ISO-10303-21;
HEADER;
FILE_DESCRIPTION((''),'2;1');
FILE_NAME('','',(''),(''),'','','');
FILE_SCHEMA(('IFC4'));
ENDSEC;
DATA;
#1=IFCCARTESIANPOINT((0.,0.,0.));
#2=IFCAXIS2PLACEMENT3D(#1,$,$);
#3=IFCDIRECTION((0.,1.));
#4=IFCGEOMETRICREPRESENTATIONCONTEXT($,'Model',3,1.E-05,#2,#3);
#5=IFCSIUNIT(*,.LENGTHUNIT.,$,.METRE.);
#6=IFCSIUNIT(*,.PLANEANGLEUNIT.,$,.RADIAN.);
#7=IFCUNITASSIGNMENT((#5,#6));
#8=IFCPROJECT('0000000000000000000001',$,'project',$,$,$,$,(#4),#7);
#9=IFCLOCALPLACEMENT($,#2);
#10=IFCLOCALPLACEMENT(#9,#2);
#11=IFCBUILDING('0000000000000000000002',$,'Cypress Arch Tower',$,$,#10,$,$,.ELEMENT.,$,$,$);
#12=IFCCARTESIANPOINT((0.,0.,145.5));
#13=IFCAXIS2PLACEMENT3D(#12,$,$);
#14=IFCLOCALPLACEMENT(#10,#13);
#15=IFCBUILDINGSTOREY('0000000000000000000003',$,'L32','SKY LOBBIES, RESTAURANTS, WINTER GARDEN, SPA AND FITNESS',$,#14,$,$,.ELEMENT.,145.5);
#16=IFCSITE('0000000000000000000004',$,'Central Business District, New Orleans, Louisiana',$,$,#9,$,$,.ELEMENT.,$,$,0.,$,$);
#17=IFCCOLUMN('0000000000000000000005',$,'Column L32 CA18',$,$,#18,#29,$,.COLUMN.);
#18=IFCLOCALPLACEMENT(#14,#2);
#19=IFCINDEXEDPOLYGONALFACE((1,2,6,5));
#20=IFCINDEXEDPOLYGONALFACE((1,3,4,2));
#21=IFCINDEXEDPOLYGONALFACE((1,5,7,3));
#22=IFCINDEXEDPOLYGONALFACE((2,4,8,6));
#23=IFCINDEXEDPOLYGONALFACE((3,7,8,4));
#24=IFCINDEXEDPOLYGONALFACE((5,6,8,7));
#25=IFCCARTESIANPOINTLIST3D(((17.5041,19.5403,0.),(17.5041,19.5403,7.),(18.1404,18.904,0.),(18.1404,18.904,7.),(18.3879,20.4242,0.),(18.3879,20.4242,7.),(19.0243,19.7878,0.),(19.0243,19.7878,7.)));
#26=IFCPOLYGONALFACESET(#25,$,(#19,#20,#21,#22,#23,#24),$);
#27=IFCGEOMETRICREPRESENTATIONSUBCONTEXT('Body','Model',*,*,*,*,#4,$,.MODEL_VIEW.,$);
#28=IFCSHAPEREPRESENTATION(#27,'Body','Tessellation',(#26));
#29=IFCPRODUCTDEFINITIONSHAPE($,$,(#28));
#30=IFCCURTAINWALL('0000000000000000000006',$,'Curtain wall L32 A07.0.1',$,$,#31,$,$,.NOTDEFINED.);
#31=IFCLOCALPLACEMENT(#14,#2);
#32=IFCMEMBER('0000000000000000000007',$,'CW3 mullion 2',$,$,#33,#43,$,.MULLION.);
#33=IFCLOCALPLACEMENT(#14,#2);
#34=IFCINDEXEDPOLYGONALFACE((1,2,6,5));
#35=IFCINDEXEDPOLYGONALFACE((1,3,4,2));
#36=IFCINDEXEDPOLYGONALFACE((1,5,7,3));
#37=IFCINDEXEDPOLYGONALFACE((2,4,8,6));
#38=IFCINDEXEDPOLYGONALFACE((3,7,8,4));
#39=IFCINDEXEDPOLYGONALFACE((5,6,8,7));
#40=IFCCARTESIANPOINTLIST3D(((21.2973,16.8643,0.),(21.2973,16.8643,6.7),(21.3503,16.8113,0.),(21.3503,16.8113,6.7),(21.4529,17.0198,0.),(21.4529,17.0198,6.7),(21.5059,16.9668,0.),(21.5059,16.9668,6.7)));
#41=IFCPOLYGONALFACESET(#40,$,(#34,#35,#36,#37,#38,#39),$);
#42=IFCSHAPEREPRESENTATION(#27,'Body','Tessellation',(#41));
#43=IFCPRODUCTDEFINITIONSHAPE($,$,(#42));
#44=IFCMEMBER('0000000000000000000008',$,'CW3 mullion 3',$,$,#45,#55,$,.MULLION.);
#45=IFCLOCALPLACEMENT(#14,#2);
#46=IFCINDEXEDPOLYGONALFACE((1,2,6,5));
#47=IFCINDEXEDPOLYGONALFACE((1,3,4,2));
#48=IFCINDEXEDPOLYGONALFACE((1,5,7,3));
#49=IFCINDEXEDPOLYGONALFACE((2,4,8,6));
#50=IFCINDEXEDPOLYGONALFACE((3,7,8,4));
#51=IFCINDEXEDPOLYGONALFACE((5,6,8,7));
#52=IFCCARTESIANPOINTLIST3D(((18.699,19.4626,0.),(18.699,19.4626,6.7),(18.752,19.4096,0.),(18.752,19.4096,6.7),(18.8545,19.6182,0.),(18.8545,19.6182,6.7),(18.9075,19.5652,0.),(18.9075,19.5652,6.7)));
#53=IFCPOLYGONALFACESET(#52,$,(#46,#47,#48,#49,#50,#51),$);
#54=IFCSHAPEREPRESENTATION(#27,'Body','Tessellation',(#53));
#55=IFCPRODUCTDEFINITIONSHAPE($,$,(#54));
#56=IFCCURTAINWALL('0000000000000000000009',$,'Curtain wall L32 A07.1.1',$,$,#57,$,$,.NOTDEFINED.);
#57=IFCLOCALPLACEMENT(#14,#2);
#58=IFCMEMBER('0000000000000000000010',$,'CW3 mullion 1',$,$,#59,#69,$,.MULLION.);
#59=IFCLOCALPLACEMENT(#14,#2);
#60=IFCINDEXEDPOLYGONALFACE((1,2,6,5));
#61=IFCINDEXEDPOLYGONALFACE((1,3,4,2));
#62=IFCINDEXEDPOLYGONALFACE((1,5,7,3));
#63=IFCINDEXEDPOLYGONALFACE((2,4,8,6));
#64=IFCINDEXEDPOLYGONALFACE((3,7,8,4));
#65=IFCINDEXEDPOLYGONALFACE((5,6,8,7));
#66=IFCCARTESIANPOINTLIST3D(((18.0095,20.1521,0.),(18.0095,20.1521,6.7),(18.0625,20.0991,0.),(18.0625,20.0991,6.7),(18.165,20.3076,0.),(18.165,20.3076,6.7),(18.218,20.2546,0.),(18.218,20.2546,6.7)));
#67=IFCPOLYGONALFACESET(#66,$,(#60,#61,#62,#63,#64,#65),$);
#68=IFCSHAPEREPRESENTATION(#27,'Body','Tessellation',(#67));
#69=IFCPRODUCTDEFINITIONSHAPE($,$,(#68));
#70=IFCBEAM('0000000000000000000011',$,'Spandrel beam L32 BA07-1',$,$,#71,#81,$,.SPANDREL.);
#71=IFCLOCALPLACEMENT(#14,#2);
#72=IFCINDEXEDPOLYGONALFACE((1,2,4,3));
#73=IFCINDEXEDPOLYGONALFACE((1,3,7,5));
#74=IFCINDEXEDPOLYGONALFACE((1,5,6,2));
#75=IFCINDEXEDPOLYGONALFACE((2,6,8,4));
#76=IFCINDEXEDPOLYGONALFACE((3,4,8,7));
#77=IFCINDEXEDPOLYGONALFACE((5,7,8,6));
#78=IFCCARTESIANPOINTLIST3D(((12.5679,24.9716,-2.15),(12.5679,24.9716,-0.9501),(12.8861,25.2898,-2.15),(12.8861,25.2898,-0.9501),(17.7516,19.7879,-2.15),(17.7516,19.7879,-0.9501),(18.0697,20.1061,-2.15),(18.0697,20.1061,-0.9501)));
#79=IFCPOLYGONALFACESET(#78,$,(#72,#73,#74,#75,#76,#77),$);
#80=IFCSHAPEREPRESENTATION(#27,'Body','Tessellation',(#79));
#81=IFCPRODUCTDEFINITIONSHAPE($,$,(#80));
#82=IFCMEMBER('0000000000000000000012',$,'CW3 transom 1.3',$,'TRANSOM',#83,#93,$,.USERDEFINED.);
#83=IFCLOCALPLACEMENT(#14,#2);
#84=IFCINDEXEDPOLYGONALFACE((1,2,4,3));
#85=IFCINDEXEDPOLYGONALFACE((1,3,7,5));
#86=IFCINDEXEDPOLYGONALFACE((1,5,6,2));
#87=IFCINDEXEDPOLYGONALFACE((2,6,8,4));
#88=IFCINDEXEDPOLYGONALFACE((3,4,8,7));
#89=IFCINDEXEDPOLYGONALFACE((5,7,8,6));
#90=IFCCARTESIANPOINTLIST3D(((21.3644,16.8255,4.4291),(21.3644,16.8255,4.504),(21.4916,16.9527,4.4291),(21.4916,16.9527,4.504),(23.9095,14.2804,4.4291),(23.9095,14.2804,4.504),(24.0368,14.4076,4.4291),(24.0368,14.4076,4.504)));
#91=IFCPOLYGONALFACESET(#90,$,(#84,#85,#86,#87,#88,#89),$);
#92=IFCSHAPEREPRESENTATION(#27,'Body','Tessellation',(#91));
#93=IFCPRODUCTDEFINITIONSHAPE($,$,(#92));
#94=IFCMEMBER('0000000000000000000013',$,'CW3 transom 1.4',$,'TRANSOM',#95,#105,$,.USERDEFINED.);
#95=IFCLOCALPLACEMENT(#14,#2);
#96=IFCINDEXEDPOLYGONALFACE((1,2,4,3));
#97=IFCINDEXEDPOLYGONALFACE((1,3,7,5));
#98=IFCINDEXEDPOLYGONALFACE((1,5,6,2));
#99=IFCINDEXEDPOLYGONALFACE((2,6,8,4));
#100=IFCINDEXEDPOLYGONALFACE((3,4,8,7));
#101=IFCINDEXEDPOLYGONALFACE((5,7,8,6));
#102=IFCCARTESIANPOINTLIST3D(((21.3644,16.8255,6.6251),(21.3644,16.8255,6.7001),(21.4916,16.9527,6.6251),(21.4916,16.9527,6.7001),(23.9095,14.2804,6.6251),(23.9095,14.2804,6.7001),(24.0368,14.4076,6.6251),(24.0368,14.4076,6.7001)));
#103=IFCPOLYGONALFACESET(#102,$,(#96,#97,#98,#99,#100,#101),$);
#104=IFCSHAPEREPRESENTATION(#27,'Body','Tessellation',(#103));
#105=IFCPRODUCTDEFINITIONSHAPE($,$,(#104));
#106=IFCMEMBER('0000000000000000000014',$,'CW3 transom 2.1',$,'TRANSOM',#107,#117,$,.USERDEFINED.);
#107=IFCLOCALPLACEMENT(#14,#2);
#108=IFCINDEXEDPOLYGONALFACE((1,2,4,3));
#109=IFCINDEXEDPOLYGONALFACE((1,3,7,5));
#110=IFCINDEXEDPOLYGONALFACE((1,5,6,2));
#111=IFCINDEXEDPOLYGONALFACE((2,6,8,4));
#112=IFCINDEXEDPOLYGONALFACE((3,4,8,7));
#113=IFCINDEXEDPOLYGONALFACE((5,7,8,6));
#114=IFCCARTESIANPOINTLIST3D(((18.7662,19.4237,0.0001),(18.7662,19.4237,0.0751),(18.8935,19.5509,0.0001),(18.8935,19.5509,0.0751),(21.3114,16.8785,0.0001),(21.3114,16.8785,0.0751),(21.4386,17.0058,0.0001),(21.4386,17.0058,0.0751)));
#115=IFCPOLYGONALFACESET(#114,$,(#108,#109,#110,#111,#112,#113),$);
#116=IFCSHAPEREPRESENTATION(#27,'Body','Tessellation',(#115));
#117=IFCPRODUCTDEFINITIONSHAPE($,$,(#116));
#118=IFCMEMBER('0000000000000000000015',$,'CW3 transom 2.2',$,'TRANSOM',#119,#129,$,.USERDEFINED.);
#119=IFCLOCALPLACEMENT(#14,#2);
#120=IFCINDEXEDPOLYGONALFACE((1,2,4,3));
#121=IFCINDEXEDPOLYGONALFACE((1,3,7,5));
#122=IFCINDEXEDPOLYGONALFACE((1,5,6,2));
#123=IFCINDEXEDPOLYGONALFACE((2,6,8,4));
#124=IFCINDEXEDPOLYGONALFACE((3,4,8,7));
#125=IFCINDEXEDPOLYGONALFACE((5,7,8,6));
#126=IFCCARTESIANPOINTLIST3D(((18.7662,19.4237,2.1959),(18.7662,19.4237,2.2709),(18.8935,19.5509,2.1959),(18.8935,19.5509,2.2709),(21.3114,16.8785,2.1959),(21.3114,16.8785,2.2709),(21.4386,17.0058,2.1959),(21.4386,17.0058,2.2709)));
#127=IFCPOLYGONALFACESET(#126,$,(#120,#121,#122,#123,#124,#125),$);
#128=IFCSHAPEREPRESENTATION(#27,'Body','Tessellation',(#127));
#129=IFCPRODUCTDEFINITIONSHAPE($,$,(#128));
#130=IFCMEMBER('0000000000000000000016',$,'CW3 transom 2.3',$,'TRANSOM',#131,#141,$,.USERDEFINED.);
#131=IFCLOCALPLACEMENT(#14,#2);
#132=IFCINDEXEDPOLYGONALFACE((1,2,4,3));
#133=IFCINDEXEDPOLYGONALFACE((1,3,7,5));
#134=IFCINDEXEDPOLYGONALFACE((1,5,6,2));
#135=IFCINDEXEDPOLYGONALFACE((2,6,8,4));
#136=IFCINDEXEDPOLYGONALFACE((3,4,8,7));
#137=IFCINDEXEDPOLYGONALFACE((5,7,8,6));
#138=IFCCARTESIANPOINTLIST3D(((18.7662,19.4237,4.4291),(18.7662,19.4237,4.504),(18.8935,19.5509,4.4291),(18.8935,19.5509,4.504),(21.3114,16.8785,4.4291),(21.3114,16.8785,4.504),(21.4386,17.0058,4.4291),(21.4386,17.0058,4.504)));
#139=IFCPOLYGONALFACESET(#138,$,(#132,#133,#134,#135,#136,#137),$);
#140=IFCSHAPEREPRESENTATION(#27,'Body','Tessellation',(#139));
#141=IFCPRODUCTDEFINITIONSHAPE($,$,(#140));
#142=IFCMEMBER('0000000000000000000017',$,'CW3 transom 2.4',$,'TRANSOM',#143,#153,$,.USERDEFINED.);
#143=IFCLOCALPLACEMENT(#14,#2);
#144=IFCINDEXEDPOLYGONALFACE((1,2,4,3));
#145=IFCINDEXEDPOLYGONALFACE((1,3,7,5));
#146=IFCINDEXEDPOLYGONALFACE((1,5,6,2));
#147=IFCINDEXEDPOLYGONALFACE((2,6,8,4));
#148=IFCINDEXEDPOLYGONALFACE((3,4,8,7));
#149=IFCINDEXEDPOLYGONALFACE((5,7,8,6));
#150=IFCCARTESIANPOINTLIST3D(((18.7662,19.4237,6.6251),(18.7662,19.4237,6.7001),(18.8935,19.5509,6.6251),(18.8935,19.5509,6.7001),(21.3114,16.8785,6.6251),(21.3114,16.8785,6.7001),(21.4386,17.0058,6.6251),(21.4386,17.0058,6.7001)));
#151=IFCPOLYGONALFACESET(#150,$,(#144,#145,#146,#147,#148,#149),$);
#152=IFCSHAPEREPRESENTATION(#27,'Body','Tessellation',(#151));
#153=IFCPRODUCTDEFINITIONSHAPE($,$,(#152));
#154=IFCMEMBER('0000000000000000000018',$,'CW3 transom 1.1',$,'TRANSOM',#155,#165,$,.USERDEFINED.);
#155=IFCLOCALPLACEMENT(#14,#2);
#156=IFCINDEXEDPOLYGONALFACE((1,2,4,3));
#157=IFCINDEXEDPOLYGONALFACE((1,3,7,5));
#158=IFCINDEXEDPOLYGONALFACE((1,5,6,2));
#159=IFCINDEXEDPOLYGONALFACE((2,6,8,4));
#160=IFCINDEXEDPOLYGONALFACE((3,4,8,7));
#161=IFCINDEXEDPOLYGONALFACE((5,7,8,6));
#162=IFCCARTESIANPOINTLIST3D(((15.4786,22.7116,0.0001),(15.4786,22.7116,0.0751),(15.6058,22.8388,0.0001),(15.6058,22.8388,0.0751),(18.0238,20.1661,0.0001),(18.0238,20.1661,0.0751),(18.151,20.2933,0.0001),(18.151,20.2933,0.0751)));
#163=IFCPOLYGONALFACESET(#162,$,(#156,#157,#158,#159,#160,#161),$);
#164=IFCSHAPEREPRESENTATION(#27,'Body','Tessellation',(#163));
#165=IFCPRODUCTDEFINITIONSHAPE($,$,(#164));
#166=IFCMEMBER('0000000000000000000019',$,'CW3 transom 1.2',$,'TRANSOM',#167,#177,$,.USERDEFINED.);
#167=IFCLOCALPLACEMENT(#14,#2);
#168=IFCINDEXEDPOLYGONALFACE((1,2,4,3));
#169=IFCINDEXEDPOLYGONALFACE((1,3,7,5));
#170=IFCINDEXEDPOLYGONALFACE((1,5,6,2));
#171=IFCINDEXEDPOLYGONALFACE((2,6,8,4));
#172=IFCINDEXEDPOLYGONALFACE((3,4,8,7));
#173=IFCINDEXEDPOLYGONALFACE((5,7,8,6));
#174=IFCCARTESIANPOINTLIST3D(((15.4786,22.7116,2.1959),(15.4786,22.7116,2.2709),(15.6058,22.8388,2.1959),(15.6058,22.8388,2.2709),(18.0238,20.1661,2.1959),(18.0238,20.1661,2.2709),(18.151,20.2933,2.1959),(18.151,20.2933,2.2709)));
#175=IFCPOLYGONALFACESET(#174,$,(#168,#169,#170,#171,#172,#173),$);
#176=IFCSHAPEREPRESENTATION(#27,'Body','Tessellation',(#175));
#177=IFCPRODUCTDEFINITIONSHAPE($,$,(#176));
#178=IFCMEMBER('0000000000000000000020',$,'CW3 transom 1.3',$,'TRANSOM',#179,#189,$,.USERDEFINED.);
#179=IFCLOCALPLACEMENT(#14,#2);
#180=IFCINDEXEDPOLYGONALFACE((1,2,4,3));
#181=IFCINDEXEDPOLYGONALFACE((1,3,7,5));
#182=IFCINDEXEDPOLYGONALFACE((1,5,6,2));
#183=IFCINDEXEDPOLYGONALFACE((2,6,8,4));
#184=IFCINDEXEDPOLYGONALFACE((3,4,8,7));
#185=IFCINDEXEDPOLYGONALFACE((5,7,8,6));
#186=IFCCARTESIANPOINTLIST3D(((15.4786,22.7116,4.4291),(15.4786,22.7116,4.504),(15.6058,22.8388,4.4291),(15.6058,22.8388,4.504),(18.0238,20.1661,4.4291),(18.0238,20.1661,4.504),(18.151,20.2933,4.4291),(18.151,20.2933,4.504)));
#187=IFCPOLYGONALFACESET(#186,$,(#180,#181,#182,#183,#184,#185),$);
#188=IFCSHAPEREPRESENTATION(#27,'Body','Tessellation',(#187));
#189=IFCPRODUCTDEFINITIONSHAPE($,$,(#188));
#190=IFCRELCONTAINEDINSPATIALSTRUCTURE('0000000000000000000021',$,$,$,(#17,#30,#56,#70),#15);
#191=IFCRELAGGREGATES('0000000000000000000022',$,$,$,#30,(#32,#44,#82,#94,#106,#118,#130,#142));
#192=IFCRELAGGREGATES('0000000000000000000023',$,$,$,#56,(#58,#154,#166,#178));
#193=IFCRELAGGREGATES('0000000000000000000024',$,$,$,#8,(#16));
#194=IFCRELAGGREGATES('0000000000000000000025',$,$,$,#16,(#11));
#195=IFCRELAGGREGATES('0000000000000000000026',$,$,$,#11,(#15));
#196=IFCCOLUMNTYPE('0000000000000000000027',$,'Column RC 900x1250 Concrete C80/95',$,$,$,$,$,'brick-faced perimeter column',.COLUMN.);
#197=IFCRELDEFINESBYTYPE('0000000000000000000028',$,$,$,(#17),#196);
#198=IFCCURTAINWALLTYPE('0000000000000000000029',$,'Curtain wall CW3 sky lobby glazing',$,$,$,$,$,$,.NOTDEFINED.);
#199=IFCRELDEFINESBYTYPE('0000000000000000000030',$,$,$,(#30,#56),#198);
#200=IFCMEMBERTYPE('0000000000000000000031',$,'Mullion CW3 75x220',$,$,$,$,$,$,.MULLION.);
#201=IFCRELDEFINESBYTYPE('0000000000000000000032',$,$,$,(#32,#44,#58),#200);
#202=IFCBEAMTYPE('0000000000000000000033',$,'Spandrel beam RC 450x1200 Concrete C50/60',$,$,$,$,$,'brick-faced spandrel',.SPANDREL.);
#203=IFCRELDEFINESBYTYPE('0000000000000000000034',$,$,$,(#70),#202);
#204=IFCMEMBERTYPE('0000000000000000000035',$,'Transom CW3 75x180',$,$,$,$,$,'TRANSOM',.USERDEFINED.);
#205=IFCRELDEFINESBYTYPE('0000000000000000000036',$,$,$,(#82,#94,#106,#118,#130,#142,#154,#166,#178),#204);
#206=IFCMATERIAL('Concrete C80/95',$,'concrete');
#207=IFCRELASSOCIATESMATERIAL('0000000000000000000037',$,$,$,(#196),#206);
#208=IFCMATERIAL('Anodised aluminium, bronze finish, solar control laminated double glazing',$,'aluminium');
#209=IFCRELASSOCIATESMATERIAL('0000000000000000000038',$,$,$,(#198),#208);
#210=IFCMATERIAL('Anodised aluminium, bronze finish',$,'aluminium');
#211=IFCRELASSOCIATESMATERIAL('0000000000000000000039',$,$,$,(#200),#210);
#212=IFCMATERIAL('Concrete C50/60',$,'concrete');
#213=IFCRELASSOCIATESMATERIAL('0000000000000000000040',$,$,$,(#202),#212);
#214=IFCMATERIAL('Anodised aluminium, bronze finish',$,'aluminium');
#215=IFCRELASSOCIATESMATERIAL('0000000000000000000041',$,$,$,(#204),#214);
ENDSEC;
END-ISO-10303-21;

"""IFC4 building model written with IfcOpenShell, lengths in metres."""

from ifc_helpers import new_model, si_unit, direction, frame, origin, origin_2d, place, context, subcontext, project, spatial, rectangle, extrude, material, material_profile, profile_set, type_object, element, aggregate, save


model = new_model("IFC4")

# Units and contexts
model_context = context("Model", 3, precision=1e-05, world=origin(), true_north=direction((0.0, 1.0)))
body_context = subcontext(model_context, "Body", "Model", "MODEL_VIEW")
ifc_project = project(units=[si_unit("LENGTHUNIT", "METRE"), si_unit("PLANEANGLEUNIT", "RADIAN")], contexts=[model_context])

# Site, building, storey
site_placement = place(None, origin())
site = spatial("IfcSite", under=ifc_project, at=site_placement, Name="Central Business District, New Orleans, Louisiana", CompositionType="ELEMENT", RefElevation=0.0)
building_placement = place(site_placement, origin())
building = spatial("IfcBuilding", under=site, at=building_placement, Name="Cypress Arch Tower", CompositionType="ELEMENT")
storey_placement = place(building_placement, frame((0.0, 0.0, 145.5)))
storey = spatial("IfcBuildingStorey", under=building, at=storey_placement, Name="L32", Description="SKY LOBBIES, RESTAURANTS, WINTER GARDEN, SPA AND FITNESS", CompositionType="ELEMENT", Elevation=145.5)

# Column
ifc_material_1 = material(Name="Concrete C80/95", Category="concrete")
ifc_material_profile_1 = material_profile(ifc_material_1, rectangle(XDim=0.8999, YDim=1.25, at=origin_2d()), Name="RC 900x1250")
ifc_profile_set_1 = profile_set([ifc_material_profile_1], Name="Concrete C80/95")
column_type = type_object("IfcColumnType", Name="Column RC 900x1250 Concrete C80/95", ElementType="brick-faced perimeter column", PredefinedType="COLUMN", material=ifc_profile_set_1)
column_placement = place(storey_placement, frame((18.2642, 19.6641, 0.0), z_axis=(0.0, 0.0, 1.0), x_axis=(-0.707107, 0.707107, 0.0)))
element("IfcColumn", 1, at=column_placement, inside=storey, type_object=column_type, Name="Column L32 CA18", PredefinedType="COLUMN", context=body_context, shape_type="SweptSolid", body=[
    extrude(rectangle(XDim=0.8999, YDim=1.25, at=origin_2d()), origin(), (0.0, 0.0, 1.0), 7.0),
])

# Curtain wall, members
ifc_material_2 = material(Name="Anodised aluminium, bronze finish, solar control laminated double glazing", Category="aluminium")
curtain_wall_type = type_object("IfcCurtainWallType", Name="Curtain wall CW3 sky lobby glazing", PredefinedType="NOTDEFINED", material=ifc_material_2)
curtain_wall_1_placement = place(storey_placement, origin())
curtain_wall_1 = element("IfcCurtainWall", 2, at=curtain_wall_1_placement, inside=storey, type_object=curtain_wall_type, Name="Curtain wall L32 A07.0.1", PredefinedType="NOTDEFINED")
ifc_material_3 = material(Name="Anodised aluminium, bronze finish", Category="aluminium")
ifc_material_profile_2 = material_profile(ifc_material_3, rectangle(XDim=0.22, YDim=0.075, at=origin_2d()), Name="Mullion 75x220")
ifc_profile_set_2 = profile_set([ifc_material_profile_2], Name="Anodised aluminium, bronze finish")
member_type_1 = type_object("IfcMemberType", Name="Mullion CW3 75x220", PredefinedType="MULLION", material=ifc_profile_set_2)
member_1_placement = place(storey_placement, frame((21.4016, 16.9155, 0.0), z_axis=(0.0, 0.0, 1.0), x_axis=(-0.707107, -0.707107, 0.0)))
member_1 = element("IfcMember", 3, at=member_1_placement, type_object=member_type_1, Name="CW3 mullion 2", PredefinedType="MULLION", context=body_context, shape_type="SweptSolid", body=[
    extrude(rectangle(XDim=0.22, YDim=0.075, at=origin_2d()), origin(), (0.0, 0.0, 1.0), 6.7),
])
member_2_placement = place(storey_placement, frame((18.8032, 19.5139, 0.0), z_axis=(0.0, 0.0, 1.0), x_axis=(-0.707107, -0.707107, 0.0)))
member_2 = element("IfcMember", 4, at=member_2_placement, type_object=member_type_1, Name="CW3 mullion 3", PredefinedType="MULLION", context=body_context, shape_type="SweptSolid", body=[
    extrude(rectangle(XDim=0.22, YDim=0.075, at=origin_2d()), origin(), (0.0, 0.0, 1.0), 6.7),
])

# Curtain wall, member
curtain_wall_2_placement = place(storey_placement, origin())
curtain_wall_2 = element("IfcCurtainWall", 5, at=curtain_wall_2_placement, inside=storey, type_object=curtain_wall_type, Name="Curtain wall L32 A07.1.1", PredefinedType="NOTDEFINED")
member_3_placement = place(storey_placement, frame((18.1138, 20.2034, 0.0), z_axis=(0.0, 0.0, 1.0), x_axis=(-0.707107, -0.707107, 0.0)))
member_3 = element("IfcMember", 6, at=member_3_placement, type_object=member_type_1, Name="CW3 mullion 1", PredefinedType="MULLION", context=body_context, shape_type="SweptSolid", body=[
    extrude(rectangle(XDim=0.22, YDim=0.075, at=origin_2d()), origin(), (0.0, 0.0, 1.0), 6.7),
])

# Beam
ifc_material_4 = material(Name="Concrete C50/60", Category="concrete")
ifc_material_profile_3 = material_profile(ifc_material_4, rectangle(XDim=0.45, YDim=1.2, at=origin_2d()), Name="RC 450x1200")
ifc_profile_set_3 = profile_set([ifc_material_profile_3], Name="Concrete C50/60")
beam_type = type_object("IfcBeamType", Name="Spandrel beam RC 450x1200 Concrete C50/60", ElementType="brick-faced spandrel", PredefinedType="SPANDREL", material=ifc_profile_set_3)
beam_placement = place(storey_placement, frame((17.9106, 19.947, -1.55), z_axis=(-0.707107, 0.707107, 0.0), x_axis=(-0.707107, -0.707107, 0.0)))
element("IfcBeam", 7, at=beam_placement, inside=storey, type_object=beam_type, Name="Spandrel beam L32 BA07-1", PredefinedType="SPANDREL", context=body_context, shape_type="SweptSolid", body=[
    extrude(rectangle(XDim=0.45, YDim=1.2, at=origin_2d()), origin(), (0.0, 0.0, 1.0), 7.3308),
])

# Members
ifc_material_5 = material(Name="Anodised aluminium, bronze finish", Category="aluminium")
ifc_material_profile_4 = material_profile(ifc_material_5, rectangle(XDim=0.1799, YDim=0.075, at=origin_2d()), Name="Transom 75x180")
ifc_profile_set_4 = profile_set([ifc_material_profile_4], Name="Anodised aluminium, bronze finish")
member_type_2 = type_object("IfcMemberType", Name="Transom CW3 75x180", ElementType="TRANSOM", PredefinedType="USERDEFINED", material=ifc_profile_set_4)
member_4_placement = place(storey_placement, frame((23.9731, 14.344, 4.4666), z_axis=(-0.707107, 0.707107, 0.0), x_axis=(-0.707107, -0.707107, 0.0)))
member_4 = element("IfcMember", 8, at=member_4_placement, type_object=member_type_2, Name="CW3 transom 1.3", ObjectType="TRANSOM", PredefinedType="USERDEFINED", context=body_context, shape_type="SweptSolid", body=[
    extrude(rectangle(XDim=0.1799, YDim=0.075, at=origin_2d()), origin(), (0.0, 0.0, 1.0), 3.5994),
])
member_5_placement = place(storey_placement, frame((23.9731, 14.344, 6.6626), z_axis=(-0.707107, 0.707107, 0.0), x_axis=(-0.707107, -0.707107, 0.0)))
member_5 = element("IfcMember", 9, at=member_5_placement, type_object=member_type_2, Name="CW3 transom 1.4", ObjectType="TRANSOM", PredefinedType="USERDEFINED", context=body_context, shape_type="SweptSolid", body=[
    extrude(rectangle(XDim=0.1799, YDim=0.075, at=origin_2d()), origin(), (0.0, 0.0, 1.0), 3.5994),
])
member_6_placement = place(storey_placement, frame((21.375, 16.9421, 0.0376), z_axis=(-0.707107, 0.707107, 0.0), x_axis=(-0.707107, -0.707107, 0.0)))
member_6 = element("IfcMember", 10, at=member_6_placement, type_object=member_type_2, Name="CW3 transom 2.1", ObjectType="TRANSOM", PredefinedType="USERDEFINED", context=body_context, shape_type="SweptSolid", body=[
    extrude(rectangle(XDim=0.1799, YDim=0.075, at=origin_2d()), origin(), (0.0, 0.0, 1.0), 3.5994),
])
member_7_placement = place(storey_placement, frame((21.375, 16.9421, 2.2334), z_axis=(-0.707107, 0.707107, 0.0), x_axis=(-0.707107, -0.707107, 0.0)))
member_7 = element("IfcMember", 11, at=member_7_placement, type_object=member_type_2, Name="CW3 transom 2.2", ObjectType="TRANSOM", PredefinedType="USERDEFINED", context=body_context, shape_type="SweptSolid", body=[
    extrude(rectangle(XDim=0.1799, YDim=0.075, at=origin_2d()), origin(), (0.0, 0.0, 1.0), 3.5994),
])
member_8_placement = place(storey_placement, frame((21.375, 16.9421, 4.4666), z_axis=(-0.707107, 0.707107, 0.0), x_axis=(-0.707107, -0.707107, 0.0)))
member_8 = element("IfcMember", 12, at=member_8_placement, type_object=member_type_2, Name="CW3 transom 2.3", ObjectType="TRANSOM", PredefinedType="USERDEFINED", context=body_context, shape_type="SweptSolid", body=[
    extrude(rectangle(XDim=0.1799, YDim=0.075, at=origin_2d()), origin(), (0.0, 0.0, 1.0), 3.5994),
])
member_9_placement = place(storey_placement, frame((21.375, 16.9421, 6.6626), z_axis=(-0.707107, 0.707107, 0.0), x_axis=(-0.707107, -0.707107, 0.0)))
member_9 = element("IfcMember", 13, at=member_9_placement, type_object=member_type_2, Name="CW3 transom 2.4", ObjectType="TRANSOM", PredefinedType="USERDEFINED", context=body_context, shape_type="SweptSolid", body=[
    extrude(rectangle(XDim=0.1799, YDim=0.075, at=origin_2d()), origin(), (0.0, 0.0, 1.0), 3.5994),
])
member_10_placement = place(storey_placement, frame((18.0874, 20.2297, 0.0376), z_axis=(-0.707073, 0.707141, 0.0), x_axis=(-0.707141, -0.707073, 0.0)))
member_10 = element("IfcMember", 14, at=member_10_placement, type_object=member_type_2, Name="CW3 transom 1.1", ObjectType="TRANSOM", PredefinedType="USERDEFINED", context=body_context, shape_type="SweptSolid", body=[
    extrude(rectangle(XDim=0.1799, YDim=0.075, at=origin_2d()), origin(), (0.0, 0.0, 1.0), 3.5996),
])
member_11_placement = place(storey_placement, frame((18.0874, 20.2297, 2.2334), z_axis=(-0.707073, 0.707141, 0.0), x_axis=(-0.707141, -0.707073, 0.0)))
member_11 = element("IfcMember", 15, at=member_11_placement, type_object=member_type_2, Name="CW3 transom 1.2", ObjectType="TRANSOM", PredefinedType="USERDEFINED", context=body_context, shape_type="SweptSolid", body=[
    extrude(rectangle(XDim=0.1799, YDim=0.075, at=origin_2d()), origin(), (0.0, 0.0, 1.0), 3.5996),
])
member_12_placement = place(storey_placement, frame((18.0874, 20.2297, 4.4666), z_axis=(-0.707073, 0.707141, 0.0), x_axis=(-0.707141, -0.707073, 0.0)))
member_12 = element("IfcMember", 16, at=member_12_placement, type_object=member_type_2, Name="CW3 transom 1.3", ObjectType="TRANSOM", PredefinedType="USERDEFINED", context=body_context, shape_type="SweptSolid", body=[
    extrude(rectangle(XDim=0.1799, YDim=0.075, at=origin_2d()), origin(), (0.0, 0.0, 1.0), 3.5996),
])

aggregate(curtain_wall_1, [member_1, member_2, member_4, member_5, member_6, member_7, member_8, member_9])
aggregate(curtain_wall_2, [member_3, member_10, member_11, member_12])

save(model, "model.ifc")
